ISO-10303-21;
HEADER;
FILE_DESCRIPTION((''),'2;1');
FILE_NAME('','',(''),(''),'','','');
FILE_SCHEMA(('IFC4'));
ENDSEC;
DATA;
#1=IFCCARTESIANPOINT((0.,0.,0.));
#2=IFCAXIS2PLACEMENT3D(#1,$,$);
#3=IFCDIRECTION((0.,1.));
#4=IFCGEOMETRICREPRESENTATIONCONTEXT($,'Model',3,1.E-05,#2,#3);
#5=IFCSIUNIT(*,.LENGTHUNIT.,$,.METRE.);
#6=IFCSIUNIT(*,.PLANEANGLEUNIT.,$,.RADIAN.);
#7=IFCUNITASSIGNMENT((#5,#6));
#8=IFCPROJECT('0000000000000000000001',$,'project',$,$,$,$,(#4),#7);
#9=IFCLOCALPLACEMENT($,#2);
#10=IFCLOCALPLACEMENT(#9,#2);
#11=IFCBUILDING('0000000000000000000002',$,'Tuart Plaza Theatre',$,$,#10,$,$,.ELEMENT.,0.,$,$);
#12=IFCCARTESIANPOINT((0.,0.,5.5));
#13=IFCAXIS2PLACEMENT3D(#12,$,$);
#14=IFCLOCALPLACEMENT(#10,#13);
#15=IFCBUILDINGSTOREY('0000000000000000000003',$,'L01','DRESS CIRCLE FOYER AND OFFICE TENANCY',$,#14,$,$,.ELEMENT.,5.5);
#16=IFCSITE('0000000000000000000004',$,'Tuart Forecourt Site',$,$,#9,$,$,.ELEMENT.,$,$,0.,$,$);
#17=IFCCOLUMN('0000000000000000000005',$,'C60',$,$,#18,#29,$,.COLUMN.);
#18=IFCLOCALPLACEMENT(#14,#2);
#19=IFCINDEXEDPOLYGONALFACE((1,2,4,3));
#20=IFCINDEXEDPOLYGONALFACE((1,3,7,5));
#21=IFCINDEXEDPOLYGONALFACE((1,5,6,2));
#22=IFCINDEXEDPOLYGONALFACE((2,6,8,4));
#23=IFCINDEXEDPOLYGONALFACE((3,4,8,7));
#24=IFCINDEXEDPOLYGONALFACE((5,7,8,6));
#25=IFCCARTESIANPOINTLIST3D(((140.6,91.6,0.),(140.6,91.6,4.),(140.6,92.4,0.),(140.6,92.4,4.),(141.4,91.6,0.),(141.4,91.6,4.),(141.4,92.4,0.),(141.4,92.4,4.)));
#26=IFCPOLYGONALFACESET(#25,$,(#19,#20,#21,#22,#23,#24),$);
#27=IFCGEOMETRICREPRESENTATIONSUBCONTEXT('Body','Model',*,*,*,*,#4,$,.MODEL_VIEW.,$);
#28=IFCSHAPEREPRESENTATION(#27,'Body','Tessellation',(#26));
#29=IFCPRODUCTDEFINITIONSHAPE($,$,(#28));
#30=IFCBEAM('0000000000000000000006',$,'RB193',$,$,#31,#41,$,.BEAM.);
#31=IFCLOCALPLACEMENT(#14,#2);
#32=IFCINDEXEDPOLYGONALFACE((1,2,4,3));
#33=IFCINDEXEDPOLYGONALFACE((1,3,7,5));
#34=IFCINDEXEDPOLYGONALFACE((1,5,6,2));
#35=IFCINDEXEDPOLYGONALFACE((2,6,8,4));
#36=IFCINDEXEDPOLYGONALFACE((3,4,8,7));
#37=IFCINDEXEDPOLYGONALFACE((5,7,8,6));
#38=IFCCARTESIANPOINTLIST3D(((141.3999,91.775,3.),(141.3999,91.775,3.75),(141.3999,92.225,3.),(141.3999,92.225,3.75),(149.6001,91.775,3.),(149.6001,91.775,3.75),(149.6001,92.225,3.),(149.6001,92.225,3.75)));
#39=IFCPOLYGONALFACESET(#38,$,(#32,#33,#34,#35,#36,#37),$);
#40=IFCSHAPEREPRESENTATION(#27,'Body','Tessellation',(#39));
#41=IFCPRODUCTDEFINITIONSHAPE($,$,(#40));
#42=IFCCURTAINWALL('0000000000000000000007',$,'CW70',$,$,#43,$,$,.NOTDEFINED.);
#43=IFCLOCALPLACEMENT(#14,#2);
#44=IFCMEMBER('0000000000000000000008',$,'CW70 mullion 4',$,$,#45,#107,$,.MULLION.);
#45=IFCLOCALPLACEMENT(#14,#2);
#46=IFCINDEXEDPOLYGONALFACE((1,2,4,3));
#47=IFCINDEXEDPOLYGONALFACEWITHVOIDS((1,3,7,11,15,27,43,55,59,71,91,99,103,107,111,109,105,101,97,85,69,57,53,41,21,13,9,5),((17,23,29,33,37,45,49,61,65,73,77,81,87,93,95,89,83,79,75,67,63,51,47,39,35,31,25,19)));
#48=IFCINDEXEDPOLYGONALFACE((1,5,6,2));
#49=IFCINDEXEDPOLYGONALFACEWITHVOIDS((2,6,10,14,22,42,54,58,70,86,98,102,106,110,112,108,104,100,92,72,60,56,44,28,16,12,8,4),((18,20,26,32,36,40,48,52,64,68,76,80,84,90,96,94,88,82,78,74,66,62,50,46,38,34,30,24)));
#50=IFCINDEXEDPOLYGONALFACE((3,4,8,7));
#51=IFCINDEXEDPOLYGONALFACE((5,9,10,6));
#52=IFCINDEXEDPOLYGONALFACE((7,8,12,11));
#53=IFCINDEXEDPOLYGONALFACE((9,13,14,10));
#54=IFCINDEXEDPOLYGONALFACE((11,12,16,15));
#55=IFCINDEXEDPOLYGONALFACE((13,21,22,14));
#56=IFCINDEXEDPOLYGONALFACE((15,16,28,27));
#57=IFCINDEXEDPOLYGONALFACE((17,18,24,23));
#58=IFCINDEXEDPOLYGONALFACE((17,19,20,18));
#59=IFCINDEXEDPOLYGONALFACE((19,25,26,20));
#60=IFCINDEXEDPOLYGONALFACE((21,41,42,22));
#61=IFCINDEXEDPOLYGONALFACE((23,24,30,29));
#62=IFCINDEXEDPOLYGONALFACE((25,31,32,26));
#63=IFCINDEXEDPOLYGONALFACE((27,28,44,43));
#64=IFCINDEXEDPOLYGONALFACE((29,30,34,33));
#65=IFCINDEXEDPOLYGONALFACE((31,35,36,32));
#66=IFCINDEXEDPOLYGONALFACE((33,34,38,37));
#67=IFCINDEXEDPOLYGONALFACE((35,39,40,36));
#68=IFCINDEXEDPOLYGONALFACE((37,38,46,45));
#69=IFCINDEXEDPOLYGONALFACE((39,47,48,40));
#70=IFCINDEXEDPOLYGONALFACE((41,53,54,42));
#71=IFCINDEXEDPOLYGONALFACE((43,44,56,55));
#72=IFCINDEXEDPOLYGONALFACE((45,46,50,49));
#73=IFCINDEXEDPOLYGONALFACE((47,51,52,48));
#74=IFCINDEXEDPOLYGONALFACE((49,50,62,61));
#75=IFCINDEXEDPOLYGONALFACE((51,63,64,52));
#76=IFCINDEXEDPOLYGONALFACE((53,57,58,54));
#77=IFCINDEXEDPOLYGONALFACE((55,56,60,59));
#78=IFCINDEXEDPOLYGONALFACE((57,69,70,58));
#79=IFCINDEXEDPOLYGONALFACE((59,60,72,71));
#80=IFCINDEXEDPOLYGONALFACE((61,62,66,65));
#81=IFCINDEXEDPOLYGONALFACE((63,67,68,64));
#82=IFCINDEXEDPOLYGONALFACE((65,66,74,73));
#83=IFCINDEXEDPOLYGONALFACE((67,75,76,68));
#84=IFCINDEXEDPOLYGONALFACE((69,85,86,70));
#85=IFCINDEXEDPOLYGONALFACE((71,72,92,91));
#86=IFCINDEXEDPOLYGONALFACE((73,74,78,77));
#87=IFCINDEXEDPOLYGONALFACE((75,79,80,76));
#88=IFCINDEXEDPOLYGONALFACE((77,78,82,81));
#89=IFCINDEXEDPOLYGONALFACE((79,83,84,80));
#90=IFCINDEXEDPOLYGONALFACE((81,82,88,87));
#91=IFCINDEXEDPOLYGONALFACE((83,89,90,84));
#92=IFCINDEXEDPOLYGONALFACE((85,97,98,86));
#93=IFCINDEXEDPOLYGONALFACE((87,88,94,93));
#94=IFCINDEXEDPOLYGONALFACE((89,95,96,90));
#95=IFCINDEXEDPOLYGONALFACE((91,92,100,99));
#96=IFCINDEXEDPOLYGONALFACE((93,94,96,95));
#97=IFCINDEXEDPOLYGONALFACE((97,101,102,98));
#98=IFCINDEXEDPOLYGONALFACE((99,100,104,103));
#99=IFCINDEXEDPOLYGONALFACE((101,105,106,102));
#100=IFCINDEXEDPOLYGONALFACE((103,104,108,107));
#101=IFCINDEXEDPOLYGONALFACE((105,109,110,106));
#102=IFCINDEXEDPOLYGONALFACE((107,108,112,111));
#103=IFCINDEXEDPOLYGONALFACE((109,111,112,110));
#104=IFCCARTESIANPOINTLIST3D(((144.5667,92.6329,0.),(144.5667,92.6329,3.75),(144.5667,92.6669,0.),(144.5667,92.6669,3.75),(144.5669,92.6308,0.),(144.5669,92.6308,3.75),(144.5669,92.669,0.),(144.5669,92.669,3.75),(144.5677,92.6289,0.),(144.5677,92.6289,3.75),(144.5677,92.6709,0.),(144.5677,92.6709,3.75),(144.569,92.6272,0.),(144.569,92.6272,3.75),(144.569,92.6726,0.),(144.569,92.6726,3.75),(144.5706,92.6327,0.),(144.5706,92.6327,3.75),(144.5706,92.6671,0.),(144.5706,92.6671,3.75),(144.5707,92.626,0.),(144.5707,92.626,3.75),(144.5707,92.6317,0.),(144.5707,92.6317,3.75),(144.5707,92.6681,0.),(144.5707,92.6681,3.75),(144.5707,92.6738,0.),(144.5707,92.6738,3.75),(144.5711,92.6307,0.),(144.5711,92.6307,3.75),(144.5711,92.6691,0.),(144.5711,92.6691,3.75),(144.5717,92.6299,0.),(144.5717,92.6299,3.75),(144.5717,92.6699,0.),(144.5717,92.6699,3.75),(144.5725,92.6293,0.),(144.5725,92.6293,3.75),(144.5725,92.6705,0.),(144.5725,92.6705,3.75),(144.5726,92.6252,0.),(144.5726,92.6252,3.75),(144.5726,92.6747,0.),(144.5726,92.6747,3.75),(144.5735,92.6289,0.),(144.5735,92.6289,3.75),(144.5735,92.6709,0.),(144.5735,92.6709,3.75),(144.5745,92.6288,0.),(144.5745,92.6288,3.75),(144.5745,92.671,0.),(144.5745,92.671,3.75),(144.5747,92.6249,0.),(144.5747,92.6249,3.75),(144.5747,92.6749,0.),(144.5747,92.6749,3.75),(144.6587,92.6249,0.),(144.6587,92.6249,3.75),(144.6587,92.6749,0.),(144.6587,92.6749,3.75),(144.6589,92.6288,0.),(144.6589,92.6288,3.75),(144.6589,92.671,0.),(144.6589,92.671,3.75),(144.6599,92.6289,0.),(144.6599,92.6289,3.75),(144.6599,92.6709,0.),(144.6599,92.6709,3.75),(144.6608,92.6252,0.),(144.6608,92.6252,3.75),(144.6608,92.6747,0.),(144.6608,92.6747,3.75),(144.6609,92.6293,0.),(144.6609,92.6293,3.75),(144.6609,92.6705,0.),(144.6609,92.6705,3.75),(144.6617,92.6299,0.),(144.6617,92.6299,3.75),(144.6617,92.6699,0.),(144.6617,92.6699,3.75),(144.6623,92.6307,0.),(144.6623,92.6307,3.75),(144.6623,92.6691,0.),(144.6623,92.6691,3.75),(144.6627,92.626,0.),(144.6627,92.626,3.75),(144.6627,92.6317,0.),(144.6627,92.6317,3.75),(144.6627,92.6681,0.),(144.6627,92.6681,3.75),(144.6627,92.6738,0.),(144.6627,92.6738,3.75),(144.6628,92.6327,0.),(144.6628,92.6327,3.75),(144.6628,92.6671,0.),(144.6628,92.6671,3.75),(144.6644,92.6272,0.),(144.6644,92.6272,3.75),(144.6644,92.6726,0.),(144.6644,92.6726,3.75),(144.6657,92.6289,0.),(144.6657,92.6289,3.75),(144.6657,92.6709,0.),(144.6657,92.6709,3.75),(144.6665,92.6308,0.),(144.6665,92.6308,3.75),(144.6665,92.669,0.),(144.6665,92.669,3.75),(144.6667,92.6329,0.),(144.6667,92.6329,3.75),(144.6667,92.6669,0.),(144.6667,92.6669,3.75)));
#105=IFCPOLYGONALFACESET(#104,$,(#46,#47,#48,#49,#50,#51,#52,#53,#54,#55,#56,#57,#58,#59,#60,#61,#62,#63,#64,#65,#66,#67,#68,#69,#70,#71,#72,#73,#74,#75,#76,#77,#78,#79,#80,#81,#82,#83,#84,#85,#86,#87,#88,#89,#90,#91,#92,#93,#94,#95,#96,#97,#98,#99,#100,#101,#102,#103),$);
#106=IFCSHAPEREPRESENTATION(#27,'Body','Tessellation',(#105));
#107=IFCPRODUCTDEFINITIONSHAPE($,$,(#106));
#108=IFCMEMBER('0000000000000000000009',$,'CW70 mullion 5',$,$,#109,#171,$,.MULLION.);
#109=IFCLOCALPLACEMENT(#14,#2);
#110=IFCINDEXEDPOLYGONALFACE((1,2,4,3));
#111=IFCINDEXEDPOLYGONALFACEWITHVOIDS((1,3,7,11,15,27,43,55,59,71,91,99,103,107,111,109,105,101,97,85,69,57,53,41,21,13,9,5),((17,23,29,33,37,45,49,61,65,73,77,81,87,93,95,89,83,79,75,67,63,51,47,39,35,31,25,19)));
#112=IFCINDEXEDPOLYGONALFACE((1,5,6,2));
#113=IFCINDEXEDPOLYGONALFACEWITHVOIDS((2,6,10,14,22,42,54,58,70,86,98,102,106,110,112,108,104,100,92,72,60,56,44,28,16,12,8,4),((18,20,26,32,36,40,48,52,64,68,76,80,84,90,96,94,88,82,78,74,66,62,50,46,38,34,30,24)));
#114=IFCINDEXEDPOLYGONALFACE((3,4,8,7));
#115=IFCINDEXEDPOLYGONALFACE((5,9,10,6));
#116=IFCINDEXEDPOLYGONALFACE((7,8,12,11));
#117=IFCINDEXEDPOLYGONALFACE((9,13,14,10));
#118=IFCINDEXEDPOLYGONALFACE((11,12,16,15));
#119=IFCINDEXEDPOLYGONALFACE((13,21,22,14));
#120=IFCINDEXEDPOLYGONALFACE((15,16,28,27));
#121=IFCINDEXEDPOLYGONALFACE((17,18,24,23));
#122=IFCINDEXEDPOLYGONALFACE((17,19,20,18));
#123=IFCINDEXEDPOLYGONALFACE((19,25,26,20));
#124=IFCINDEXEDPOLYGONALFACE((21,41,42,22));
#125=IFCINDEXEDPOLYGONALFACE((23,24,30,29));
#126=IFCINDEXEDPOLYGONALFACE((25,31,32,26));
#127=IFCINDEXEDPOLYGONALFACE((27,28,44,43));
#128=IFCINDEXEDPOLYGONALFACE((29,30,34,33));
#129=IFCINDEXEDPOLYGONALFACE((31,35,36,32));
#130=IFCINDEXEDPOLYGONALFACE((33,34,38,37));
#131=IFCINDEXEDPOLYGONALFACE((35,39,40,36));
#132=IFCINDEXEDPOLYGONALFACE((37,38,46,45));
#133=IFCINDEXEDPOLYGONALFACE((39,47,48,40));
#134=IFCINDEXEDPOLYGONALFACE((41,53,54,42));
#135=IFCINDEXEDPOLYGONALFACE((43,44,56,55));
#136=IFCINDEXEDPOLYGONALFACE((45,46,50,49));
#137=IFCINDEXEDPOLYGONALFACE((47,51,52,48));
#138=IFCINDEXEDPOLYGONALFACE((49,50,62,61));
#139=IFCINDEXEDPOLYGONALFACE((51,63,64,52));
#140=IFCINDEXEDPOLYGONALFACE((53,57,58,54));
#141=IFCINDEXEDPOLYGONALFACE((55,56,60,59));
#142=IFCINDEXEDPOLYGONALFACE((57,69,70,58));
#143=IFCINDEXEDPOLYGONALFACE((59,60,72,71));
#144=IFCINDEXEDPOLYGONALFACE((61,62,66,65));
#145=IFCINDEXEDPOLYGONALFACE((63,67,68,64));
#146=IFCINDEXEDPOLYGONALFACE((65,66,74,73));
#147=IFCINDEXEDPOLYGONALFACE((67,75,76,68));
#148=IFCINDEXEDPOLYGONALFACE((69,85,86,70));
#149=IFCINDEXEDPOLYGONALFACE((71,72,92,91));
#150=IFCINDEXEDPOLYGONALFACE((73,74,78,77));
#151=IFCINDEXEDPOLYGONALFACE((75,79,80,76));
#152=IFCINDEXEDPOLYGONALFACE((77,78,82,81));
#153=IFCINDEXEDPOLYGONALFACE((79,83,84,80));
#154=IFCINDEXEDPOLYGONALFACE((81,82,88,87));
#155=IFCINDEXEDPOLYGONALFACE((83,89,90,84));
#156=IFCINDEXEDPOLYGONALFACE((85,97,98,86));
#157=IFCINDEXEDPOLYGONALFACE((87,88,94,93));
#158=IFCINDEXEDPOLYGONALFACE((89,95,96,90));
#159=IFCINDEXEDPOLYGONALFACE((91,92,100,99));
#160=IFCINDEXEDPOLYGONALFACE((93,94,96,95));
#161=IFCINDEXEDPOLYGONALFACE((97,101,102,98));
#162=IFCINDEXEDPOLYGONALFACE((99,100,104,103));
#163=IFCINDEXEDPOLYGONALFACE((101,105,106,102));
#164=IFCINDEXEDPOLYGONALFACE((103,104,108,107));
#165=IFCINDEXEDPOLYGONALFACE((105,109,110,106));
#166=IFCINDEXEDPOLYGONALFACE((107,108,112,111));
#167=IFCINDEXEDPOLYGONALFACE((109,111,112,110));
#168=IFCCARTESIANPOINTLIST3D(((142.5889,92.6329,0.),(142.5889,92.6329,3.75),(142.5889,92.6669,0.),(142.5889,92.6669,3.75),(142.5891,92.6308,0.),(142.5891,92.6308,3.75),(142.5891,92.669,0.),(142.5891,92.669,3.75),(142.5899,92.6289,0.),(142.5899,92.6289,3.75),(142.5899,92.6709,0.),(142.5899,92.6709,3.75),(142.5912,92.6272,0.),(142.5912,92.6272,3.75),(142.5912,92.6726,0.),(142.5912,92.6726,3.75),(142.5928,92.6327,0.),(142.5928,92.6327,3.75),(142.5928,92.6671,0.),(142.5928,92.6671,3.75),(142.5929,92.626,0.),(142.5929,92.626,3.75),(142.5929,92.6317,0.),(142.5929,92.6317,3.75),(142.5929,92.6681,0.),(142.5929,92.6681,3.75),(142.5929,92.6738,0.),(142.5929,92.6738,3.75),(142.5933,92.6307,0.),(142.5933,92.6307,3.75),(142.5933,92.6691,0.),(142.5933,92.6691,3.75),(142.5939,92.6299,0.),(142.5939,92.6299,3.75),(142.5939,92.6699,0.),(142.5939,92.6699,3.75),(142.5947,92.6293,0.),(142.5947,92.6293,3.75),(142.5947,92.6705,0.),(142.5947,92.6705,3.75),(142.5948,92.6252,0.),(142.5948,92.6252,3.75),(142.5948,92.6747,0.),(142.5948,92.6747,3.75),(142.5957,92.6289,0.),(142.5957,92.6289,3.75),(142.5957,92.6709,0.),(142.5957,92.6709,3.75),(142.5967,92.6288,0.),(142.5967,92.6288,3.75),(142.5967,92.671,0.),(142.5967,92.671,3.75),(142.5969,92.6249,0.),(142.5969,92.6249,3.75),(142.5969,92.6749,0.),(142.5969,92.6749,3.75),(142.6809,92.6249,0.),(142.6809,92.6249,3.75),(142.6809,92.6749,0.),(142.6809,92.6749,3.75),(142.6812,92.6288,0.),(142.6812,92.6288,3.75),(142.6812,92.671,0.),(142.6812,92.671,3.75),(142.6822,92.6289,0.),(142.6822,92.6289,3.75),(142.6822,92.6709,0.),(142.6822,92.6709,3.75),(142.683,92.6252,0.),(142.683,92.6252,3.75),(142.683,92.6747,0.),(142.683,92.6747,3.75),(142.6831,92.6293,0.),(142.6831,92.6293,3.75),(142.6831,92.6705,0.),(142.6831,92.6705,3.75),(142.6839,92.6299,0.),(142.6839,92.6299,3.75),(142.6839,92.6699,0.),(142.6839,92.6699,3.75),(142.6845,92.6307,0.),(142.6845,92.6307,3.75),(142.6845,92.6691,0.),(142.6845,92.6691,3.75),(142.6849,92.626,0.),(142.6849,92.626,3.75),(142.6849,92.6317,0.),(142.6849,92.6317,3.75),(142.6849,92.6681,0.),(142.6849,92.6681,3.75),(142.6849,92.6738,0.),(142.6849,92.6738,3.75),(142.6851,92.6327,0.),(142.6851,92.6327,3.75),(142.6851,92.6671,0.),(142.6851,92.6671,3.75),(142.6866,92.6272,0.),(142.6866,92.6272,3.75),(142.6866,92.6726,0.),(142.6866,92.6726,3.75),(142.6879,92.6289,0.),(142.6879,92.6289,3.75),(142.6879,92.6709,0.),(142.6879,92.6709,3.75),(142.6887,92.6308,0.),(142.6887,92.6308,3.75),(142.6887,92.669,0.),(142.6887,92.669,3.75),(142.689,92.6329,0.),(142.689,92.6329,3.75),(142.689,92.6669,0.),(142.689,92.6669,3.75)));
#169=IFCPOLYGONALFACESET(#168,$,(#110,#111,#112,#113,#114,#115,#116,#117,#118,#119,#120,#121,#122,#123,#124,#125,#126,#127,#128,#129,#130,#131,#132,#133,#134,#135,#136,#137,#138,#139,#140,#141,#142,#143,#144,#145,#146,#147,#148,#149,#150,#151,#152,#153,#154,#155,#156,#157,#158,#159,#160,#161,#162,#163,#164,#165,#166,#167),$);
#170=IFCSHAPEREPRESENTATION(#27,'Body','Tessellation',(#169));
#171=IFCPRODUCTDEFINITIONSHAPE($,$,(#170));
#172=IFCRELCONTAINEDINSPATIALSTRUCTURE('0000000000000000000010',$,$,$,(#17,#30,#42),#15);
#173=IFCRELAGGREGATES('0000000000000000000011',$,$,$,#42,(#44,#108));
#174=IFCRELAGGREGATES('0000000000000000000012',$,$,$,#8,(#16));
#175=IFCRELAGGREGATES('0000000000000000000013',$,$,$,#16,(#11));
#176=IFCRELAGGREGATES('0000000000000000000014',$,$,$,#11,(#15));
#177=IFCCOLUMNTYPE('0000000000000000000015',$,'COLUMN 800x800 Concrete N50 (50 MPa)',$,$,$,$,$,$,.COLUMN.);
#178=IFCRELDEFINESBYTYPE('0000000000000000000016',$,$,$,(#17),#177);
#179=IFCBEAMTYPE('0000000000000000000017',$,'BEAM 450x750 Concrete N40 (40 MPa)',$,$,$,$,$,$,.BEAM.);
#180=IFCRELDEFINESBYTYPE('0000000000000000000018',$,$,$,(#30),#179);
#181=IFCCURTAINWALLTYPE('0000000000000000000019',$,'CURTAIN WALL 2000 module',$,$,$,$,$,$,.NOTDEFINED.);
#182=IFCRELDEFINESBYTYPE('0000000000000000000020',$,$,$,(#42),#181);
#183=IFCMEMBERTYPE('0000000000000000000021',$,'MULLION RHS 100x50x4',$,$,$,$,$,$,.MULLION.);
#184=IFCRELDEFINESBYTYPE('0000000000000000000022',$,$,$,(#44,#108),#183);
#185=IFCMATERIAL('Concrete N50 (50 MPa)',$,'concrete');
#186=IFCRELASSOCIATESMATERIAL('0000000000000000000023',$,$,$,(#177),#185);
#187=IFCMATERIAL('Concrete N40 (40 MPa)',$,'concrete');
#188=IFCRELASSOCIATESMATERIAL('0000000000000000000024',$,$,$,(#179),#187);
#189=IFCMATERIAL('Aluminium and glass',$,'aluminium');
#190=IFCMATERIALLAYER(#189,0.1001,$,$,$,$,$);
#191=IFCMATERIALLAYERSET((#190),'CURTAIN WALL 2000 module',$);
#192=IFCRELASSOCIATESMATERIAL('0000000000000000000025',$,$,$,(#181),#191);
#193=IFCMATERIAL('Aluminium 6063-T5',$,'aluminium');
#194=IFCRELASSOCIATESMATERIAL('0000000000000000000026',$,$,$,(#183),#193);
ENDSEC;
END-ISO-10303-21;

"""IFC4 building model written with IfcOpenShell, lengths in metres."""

from ifc_helpers import new_model, si_unit, direction, frame, origin, origin_2d, place, context, subcontext, project, spatial, rectangle, hollow_rectangle, extrude, material, layer, layer_set, material_profile, profile_set, type_object, element, aggregate, save


model = new_model("IFC4")

# Units and contexts
model_context = context("Model", 3, precision=1e-05, world=origin(), true_north=direction((0.0, 1.0)))
body_context = subcontext(model_context, "Body", "Model", "MODEL_VIEW")
ifc_project = project(units=[si_unit("LENGTHUNIT", "METRE"), si_unit("PLANEANGLEUNIT", "RADIAN")], contexts=[model_context])

# Site, building, storey
site_placement = place(None, origin())
site = spatial("IfcSite", under=ifc_project, at=site_placement, Name="Tuart Forecourt Site", CompositionType="ELEMENT", RefElevation=0.0)
building_placement = place(site_placement, origin())
building = spatial("IfcBuilding", under=site, at=building_placement, Name="Tuart Plaza Theatre", CompositionType="ELEMENT", ElevationOfRefHeight=0.0)
storey_placement = place(building_placement, frame((0.0, 0.0, 5.5)))
storey = spatial("IfcBuildingStorey", under=building, at=storey_placement, Name="L01", Description="DRESS CIRCLE FOYER AND OFFICE TENANCY", CompositionType="ELEMENT", Elevation=5.5)

# Column
ifc_material_1 = material(Name="Concrete N50 (50 MPa)", Category="concrete")
ifc_material_profile_1 = material_profile(ifc_material_1, rectangle(XDim=0.8, YDim=0.8, at=origin_2d()), Name="COLUMN 800x800 Concrete N50 (50 MPa)")
ifc_profile_set_1 = profile_set([ifc_material_profile_1], Name="Concrete N50 (50 MPa)")
column_type = type_object("IfcColumnType", Name="COLUMN 800x800 Concrete N50 (50 MPa)", PredefinedType="COLUMN", material=ifc_profile_set_1)
column_placement = place(storey_placement, frame((141.0, 92.0, 0.0), z_axis=(0.0, 0.0, 1.0), x_axis=(1.0, 0.0, 0.0)))
element("IfcColumn", 1, at=column_placement, inside=storey, type_object=column_type, Name="C60", PredefinedType="COLUMN", context=body_context, shape_type="SweptSolid", body=[
    extrude(rectangle(XDim=0.8, YDim=0.8, at=origin_2d()), origin(), (0.0, 0.0, 1.0), 4.0),
])

# Beam
ifc_material_2 = material(Name="Concrete N40 (40 MPa)", Category="concrete")
ifc_material_profile_2 = material_profile(ifc_material_2, rectangle(XDim=0.45, YDim=0.75, at=origin_2d()), Name="BEAM 450x750 Concrete N40 (40 MPa)")
ifc_profile_set_2 = profile_set([ifc_material_profile_2], Name="Concrete N40 (40 MPa)")
beam_type = type_object("IfcBeamType", Name="BEAM 450x750 Concrete N40 (40 MPa)", PredefinedType="BEAM", material=ifc_profile_set_2)
beam_placement = place(storey_placement, frame((141.3999, 92.0, 3.375), z_axis=(1.0, 0.0, 0.0), x_axis=(0.0, 1.0, 0.0)))
element("IfcBeam", 2, at=beam_placement, inside=storey, type_object=beam_type, Name="RB193", PredefinedType="BEAM", context=body_context, shape_type="SweptSolid", body=[
    extrude(rectangle(XDim=0.45, YDim=0.75, at=origin_2d()), origin(), (0.0, 0.0, 1.0), 8.2002),
])

# Curtain wall, members
ifc_material_3 = material(Name="Aluminium and glass", Category="aluminium")
ifc_layer_1 = layer(ifc_material_3, 0.1001)
ifc_layer_set_1 = layer_set([ifc_layer_1], Name="CURTAIN WALL 2000 module")
curtain_wall_type = type_object("IfcCurtainWallType", Name="CURTAIN WALL 2000 module", PredefinedType="NOTDEFINED", material=ifc_layer_set_1)
curtain_wall_placement = place(storey_placement, origin())
curtain_wall = element("IfcCurtainWall", 3, at=curtain_wall_placement, inside=storey, type_object=curtain_wall_type, Name="CW70", PredefinedType="NOTDEFINED")
ifc_material_4 = material(Name="Aluminium 6063-T5", Category="aluminium")
ifc_material_profile_3 = material_profile(ifc_material_4, hollow_rectangle(XDim=0.05, YDim=0.1001, WallThickness=0.0039, InnerFilletRadius=0.0039, OuterFilletRadius=0.0081, at=origin_2d()), Name="RHS 100x50x4")
ifc_profile_set_3 = profile_set([ifc_material_profile_3], Name="Aluminium 6063-T5")
member_type_1 = type_object("IfcMemberType", Name="MULLION RHS 100x50x4", PredefinedType="MULLION", material=ifc_profile_set_3)
member_1_placement = place(storey_placement, frame((144.6167, 92.6499, 0.0), z_axis=(0.0, 0.0, 1.0), x_axis=(0.0, -1.0, 0.0)))
member_1 = element("IfcMember", 4, at=member_1_placement, type_object=member_type_1, Name="CW70 mullion 4", PredefinedType="MULLION", context=body_context, shape_type="SweptSolid", body=[
    extrude(hollow_rectangle(XDim=0.05, YDim=0.1001, WallThickness=0.0039, InnerFilletRadius=0.0039, OuterFilletRadius=0.0081, at=origin_2d()), origin(), (0.0, 0.0, 1.0), 3.75),
])
member_2_placement = place(storey_placement, frame((142.6389, 92.6499, 0.0), z_axis=(0.0, 0.0, 1.0), x_axis=(0.0, -1.0, 0.0)))
member_2 = element("IfcMember", 5, at=member_2_placement, type_object=member_type_1, Name="CW70 mullion 5", PredefinedType="MULLION", context=body_context, shape_type="SweptSolid", body=[
    extrude(hollow_rectangle(XDim=0.05, YDim=0.1001, WallThickness=0.0039, InnerFilletRadius=0.0039, OuterFilletRadius=0.0081, at=origin_2d()), origin(), (0.0, 0.0, 1.0), 3.75),
])
aggregate(curtain_wall, [member_1, member_2])

save(model, "model.ifc")
